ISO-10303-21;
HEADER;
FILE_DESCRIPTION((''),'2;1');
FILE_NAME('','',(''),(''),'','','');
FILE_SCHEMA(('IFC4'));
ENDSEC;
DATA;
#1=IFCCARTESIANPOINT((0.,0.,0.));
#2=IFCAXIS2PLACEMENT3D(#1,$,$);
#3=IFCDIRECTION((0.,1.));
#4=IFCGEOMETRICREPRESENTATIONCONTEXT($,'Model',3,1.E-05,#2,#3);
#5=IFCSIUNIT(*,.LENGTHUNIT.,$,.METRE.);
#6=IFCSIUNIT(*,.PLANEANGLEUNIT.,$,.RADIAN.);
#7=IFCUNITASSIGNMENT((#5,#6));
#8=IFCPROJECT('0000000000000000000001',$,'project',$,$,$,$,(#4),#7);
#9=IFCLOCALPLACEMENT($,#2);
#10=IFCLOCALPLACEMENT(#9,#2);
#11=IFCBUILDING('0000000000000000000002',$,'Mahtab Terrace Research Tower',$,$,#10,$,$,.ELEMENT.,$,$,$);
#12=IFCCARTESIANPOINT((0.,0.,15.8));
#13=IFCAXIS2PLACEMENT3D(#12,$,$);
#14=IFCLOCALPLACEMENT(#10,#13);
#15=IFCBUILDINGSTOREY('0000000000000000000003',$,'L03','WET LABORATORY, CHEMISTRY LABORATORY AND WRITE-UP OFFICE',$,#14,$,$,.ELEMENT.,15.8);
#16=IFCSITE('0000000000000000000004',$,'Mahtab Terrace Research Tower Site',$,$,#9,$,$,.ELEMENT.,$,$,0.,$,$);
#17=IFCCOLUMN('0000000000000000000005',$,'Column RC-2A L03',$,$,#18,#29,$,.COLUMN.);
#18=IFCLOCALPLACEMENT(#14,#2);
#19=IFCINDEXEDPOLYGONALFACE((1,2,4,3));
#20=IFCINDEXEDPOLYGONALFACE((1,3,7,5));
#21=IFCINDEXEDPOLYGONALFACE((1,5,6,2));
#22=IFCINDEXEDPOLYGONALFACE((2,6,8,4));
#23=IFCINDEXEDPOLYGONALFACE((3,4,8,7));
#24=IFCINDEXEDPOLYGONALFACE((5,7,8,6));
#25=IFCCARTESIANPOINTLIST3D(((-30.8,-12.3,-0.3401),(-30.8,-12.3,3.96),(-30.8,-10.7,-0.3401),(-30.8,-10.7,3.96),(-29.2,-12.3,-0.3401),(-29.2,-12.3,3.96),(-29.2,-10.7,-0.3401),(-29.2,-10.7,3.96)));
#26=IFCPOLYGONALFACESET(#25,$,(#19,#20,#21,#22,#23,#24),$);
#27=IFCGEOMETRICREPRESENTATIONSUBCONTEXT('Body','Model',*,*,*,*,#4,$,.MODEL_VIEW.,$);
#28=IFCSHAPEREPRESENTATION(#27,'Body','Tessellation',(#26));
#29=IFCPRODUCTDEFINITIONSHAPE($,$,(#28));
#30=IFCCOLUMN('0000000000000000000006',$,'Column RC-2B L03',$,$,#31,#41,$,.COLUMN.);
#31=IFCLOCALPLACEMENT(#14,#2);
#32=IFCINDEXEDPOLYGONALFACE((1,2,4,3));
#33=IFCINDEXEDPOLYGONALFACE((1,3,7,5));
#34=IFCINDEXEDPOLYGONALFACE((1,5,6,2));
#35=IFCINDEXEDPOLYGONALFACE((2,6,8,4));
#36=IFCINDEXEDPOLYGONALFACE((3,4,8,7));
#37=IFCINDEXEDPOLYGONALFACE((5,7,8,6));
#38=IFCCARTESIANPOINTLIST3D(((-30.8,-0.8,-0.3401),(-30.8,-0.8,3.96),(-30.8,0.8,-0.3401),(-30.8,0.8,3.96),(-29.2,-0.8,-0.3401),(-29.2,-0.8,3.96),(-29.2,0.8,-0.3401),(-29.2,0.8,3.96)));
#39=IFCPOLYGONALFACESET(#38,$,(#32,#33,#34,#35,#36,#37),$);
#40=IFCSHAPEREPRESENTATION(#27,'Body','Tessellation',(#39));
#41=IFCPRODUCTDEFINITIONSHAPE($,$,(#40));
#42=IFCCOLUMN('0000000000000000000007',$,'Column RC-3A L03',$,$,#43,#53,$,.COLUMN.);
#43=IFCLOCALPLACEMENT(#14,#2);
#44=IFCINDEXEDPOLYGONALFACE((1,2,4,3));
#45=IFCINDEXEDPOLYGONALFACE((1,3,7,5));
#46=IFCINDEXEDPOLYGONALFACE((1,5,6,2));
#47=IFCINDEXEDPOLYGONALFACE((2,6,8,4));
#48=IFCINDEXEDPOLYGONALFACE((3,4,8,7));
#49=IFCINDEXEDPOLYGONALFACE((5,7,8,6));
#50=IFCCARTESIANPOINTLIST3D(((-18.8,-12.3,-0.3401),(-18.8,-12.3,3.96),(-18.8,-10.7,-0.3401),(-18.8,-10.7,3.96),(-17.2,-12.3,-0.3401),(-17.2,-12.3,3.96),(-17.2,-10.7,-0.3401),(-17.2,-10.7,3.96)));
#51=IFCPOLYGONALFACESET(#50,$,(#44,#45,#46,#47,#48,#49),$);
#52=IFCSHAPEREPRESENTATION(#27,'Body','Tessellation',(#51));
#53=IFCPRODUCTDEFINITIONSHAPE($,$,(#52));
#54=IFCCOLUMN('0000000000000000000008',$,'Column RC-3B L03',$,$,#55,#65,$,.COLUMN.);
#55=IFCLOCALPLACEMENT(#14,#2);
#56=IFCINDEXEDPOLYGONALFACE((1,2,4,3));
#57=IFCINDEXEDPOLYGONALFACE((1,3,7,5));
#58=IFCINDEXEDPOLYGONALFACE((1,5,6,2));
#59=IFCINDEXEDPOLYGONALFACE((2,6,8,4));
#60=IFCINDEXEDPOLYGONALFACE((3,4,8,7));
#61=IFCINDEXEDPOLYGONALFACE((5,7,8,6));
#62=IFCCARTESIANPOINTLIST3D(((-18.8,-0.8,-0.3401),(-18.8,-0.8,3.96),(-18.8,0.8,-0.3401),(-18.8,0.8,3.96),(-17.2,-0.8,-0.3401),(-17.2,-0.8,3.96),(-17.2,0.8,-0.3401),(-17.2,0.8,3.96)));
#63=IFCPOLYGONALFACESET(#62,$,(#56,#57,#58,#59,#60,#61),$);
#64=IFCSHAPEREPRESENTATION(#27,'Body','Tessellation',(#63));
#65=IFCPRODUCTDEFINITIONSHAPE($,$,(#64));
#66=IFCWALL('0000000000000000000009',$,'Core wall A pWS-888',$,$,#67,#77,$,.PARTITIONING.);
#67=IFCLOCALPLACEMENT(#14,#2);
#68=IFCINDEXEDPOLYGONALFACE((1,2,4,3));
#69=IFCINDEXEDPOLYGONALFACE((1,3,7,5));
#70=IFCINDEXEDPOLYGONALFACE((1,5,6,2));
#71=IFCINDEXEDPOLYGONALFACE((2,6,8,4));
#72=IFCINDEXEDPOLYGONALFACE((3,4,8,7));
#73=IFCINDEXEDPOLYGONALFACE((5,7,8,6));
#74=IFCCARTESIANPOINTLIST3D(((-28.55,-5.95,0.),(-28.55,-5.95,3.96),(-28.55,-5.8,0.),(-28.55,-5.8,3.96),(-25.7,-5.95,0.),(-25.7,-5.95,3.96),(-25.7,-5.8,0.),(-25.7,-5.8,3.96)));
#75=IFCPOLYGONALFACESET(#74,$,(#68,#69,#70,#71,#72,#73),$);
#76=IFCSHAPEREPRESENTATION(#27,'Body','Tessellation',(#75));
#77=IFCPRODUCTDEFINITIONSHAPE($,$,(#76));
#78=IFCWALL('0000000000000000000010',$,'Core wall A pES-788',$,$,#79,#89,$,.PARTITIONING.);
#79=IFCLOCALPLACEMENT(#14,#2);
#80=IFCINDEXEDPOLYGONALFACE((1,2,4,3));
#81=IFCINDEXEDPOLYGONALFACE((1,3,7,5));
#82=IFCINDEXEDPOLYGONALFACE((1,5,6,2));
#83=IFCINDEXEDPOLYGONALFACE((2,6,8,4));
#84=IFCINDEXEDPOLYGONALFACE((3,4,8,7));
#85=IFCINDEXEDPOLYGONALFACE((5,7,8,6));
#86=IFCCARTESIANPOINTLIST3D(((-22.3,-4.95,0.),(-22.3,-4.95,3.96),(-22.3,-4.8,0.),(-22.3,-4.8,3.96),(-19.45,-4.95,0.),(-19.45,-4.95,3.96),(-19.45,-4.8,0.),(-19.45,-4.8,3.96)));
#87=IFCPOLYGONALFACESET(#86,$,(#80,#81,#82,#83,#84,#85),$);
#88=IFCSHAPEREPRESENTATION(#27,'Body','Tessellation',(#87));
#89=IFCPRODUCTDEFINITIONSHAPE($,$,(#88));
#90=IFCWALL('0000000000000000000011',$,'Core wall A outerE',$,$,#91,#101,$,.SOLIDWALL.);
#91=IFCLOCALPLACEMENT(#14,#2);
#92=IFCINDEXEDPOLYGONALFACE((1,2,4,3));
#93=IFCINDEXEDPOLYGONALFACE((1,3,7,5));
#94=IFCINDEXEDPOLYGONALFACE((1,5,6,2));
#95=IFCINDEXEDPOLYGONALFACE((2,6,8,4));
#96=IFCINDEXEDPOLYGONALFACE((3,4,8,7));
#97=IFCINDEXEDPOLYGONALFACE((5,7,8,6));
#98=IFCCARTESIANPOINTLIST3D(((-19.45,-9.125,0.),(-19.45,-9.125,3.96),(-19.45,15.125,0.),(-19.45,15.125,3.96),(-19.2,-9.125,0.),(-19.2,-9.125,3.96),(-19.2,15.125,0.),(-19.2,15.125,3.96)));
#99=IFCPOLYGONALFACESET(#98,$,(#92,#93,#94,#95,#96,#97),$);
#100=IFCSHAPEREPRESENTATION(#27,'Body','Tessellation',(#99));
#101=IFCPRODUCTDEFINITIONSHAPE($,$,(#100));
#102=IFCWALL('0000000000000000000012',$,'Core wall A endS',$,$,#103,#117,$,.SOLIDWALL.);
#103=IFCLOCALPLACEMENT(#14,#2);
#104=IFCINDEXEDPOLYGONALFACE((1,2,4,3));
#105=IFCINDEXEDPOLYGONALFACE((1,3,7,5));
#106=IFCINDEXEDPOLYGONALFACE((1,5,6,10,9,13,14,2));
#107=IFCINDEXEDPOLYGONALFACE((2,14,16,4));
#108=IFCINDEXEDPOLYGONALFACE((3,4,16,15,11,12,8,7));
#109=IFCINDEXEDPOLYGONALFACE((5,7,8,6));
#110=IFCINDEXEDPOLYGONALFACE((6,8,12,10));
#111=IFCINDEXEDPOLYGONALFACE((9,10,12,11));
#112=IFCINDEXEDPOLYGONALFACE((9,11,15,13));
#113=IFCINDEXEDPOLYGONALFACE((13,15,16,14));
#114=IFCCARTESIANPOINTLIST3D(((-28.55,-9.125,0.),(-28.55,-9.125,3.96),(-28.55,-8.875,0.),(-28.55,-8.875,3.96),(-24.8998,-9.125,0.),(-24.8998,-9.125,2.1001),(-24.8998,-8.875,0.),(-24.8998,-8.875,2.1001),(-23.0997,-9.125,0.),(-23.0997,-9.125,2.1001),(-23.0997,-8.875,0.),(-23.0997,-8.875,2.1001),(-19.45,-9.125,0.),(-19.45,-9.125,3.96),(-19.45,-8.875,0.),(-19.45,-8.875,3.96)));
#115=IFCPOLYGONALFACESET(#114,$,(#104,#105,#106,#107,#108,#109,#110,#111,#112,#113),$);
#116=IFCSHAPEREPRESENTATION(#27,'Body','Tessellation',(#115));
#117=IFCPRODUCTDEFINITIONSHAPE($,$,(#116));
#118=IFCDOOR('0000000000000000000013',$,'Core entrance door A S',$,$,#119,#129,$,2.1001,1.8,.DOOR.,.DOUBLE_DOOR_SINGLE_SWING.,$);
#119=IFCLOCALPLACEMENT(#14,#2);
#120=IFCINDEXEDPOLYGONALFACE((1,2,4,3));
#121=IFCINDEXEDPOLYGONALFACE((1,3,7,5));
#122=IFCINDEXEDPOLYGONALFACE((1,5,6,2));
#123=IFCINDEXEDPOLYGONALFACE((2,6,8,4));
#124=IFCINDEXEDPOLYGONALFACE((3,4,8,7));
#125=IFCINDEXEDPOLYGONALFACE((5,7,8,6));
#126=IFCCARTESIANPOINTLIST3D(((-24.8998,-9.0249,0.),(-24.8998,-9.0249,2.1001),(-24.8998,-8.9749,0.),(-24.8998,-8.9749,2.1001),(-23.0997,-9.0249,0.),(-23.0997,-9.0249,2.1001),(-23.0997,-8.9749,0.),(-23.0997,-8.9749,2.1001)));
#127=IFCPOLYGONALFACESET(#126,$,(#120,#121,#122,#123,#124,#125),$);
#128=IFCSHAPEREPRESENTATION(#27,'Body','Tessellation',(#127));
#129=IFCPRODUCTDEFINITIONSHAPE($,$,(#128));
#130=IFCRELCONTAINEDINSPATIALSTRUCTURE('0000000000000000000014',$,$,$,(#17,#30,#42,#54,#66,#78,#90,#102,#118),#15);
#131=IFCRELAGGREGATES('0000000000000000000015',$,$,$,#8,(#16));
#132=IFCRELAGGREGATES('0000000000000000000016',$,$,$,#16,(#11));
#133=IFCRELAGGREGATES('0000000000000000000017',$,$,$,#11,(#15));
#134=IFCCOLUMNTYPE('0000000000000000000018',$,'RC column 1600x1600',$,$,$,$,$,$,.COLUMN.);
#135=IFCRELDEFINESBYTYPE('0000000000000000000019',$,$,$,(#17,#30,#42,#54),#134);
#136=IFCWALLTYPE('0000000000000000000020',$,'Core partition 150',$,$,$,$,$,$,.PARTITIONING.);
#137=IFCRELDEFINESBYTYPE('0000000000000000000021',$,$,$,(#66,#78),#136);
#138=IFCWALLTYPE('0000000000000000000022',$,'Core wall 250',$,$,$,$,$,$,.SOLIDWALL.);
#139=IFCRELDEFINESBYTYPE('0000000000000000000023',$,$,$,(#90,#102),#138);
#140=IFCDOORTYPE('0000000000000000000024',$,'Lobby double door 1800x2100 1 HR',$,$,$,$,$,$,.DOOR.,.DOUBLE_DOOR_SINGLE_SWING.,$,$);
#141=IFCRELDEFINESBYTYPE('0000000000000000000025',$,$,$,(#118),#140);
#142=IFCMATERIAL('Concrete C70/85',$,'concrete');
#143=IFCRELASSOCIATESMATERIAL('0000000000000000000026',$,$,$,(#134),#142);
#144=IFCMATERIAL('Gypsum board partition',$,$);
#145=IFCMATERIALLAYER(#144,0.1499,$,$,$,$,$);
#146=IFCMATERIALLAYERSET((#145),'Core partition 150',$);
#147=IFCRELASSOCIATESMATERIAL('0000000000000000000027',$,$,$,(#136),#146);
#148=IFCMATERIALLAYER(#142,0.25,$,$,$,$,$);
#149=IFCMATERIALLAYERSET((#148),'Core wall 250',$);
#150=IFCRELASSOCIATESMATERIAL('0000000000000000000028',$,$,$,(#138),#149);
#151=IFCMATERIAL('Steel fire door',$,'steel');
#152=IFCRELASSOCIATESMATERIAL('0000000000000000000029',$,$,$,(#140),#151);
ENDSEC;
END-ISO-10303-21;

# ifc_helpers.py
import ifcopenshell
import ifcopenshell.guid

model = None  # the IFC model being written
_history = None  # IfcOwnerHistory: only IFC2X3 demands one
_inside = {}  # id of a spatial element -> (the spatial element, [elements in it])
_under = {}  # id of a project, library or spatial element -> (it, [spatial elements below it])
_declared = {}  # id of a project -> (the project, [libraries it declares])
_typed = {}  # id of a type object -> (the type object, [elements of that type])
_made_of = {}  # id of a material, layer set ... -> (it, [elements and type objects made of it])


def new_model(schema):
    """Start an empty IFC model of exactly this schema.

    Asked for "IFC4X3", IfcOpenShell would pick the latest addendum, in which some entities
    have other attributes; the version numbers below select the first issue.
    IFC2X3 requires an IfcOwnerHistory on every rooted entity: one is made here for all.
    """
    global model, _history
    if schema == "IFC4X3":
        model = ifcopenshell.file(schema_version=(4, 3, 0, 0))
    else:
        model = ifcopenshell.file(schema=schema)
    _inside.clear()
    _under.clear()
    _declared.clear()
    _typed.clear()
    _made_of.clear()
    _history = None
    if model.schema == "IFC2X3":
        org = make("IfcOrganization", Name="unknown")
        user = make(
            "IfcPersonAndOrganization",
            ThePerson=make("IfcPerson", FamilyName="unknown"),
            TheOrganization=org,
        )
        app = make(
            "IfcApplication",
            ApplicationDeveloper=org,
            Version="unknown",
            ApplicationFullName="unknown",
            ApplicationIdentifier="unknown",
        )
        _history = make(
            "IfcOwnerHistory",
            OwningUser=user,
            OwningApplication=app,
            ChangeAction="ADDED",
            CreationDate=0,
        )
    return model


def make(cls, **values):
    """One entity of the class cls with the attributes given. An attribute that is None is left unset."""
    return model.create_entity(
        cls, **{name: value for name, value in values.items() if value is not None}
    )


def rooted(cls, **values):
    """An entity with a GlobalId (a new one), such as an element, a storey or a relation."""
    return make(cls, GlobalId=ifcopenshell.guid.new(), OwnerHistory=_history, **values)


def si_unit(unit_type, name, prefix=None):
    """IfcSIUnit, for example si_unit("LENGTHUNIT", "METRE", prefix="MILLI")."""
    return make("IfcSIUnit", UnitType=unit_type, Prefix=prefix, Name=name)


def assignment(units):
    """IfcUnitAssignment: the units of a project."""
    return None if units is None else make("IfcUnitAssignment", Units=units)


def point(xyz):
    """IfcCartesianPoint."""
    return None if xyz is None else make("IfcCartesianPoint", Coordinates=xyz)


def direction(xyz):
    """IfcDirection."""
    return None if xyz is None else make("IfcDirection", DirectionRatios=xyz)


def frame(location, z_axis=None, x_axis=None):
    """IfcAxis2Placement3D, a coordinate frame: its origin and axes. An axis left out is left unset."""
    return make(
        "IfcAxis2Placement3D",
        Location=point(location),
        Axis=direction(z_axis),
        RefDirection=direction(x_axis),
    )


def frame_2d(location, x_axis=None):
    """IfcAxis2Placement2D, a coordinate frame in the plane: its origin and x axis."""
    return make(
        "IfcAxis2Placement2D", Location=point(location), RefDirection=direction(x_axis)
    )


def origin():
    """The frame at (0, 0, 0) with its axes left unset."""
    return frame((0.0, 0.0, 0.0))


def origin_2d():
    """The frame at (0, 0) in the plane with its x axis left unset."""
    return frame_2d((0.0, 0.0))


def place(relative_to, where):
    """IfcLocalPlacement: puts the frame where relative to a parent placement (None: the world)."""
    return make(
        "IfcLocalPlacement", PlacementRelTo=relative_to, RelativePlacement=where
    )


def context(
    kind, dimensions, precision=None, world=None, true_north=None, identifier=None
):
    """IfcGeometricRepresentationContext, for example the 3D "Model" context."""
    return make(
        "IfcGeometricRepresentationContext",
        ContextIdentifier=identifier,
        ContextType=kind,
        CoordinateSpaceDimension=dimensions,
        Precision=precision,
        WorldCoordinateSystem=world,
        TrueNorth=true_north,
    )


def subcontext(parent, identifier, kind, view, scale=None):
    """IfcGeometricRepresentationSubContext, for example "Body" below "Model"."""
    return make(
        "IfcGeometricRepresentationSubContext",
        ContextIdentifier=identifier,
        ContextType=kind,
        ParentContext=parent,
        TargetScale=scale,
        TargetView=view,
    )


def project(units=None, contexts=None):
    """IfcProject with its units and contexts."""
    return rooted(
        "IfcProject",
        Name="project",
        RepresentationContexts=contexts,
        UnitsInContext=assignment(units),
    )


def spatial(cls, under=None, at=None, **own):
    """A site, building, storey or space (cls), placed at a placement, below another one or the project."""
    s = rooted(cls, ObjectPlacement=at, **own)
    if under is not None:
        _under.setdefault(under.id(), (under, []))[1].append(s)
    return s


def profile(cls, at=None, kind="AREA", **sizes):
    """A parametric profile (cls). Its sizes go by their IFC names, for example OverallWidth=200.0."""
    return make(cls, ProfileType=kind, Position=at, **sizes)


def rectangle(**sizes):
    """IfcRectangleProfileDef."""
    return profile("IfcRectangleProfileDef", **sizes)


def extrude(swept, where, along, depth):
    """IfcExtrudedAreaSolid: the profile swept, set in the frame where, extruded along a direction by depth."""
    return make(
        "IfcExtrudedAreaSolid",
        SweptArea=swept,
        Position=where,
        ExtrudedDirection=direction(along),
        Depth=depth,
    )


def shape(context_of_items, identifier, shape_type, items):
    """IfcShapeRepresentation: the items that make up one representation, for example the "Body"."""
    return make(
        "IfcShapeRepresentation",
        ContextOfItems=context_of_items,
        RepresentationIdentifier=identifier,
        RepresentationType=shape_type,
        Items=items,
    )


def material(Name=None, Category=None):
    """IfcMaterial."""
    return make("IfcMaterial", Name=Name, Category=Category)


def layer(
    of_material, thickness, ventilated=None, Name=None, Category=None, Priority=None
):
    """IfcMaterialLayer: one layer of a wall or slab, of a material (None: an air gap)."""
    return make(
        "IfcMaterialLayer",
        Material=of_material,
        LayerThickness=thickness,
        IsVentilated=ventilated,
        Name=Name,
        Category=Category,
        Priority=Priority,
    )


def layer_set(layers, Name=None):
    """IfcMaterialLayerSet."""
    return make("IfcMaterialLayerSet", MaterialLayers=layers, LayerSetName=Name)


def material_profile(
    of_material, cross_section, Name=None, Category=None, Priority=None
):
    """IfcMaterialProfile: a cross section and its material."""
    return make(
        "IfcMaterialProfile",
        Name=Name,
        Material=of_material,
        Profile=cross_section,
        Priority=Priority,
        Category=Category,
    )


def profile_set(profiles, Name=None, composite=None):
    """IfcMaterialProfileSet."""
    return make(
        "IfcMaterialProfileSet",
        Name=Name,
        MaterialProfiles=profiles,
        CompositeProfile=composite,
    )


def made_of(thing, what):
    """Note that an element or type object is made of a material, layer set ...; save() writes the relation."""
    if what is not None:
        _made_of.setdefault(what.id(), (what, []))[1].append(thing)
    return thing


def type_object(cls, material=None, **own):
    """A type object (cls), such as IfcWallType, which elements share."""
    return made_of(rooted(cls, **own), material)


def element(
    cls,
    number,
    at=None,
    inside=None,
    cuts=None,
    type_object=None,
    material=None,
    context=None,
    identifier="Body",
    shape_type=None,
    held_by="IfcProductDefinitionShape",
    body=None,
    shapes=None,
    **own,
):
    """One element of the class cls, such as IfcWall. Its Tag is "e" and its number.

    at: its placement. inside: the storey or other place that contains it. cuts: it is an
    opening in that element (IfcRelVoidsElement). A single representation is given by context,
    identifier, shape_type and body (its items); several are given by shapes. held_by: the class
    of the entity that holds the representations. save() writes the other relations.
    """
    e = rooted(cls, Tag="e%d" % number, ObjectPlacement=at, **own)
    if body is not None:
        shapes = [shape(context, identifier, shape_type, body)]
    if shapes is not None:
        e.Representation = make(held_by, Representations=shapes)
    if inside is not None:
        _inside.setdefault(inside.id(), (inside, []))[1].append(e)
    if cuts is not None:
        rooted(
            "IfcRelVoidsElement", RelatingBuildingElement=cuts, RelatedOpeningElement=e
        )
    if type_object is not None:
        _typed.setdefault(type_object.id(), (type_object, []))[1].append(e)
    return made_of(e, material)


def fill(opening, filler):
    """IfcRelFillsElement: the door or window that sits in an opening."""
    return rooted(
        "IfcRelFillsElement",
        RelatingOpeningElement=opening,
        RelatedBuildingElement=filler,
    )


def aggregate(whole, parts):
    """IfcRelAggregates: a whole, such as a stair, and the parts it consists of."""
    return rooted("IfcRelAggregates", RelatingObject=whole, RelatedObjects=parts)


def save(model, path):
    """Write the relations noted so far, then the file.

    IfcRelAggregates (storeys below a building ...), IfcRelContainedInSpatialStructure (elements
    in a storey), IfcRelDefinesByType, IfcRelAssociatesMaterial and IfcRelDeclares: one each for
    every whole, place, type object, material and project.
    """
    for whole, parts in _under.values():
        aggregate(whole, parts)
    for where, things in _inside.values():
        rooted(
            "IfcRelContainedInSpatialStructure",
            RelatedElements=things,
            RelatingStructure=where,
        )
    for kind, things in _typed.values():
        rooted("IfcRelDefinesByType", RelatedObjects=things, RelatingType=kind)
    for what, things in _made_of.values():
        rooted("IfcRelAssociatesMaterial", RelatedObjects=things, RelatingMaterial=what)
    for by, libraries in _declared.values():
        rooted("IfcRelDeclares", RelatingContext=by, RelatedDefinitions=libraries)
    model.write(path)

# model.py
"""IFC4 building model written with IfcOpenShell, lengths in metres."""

from ifc_helpers import new_model, si_unit, direction, frame, frame_2d, origin, origin_2d, place, context, subcontext, project, spatial, rectangle, extrude, material, layer, layer_set, material_profile, profile_set, type_object, element, fill, save


model = new_model("IFC4")

# Units and contexts
model_context = context("Model", 3, precision=1e-05, world=origin(), true_north=direction((0.0, 1.0)))
body_context = subcontext(model_context, "Body", "Model", "MODEL_VIEW")
ifc_project = project(units=[si_unit("LENGTHUNIT", "METRE"), si_unit("PLANEANGLEUNIT", "RADIAN")], contexts=[model_context])

# Site, building, storey
site_placement = place(None, origin())
site = spatial("IfcSite", under=ifc_project, at=site_placement, Name="Mahtab Terrace Research Tower Site", CompositionType="ELEMENT", RefElevation=0.0)
building_placement = place(site_placement, origin())
building = spatial("IfcBuilding", under=site, at=building_placement, Name="Mahtab Terrace Research Tower", CompositionType="ELEMENT")
storey_placement = place(building_placement, frame((0.0, 0.0, 15.8)))
storey = spatial("IfcBuildingStorey", under=building, at=storey_placement, Name="L03", Description="WET LABORATORY, CHEMISTRY LABORATORY AND WRITE-UP OFFICE", CompositionType="ELEMENT", Elevation=15.8)

# Columns
ifc_material_1 = material(Name="Concrete C70/85", Category="concrete")
ifc_material_profile = material_profile(ifc_material_1, rectangle(XDim=1.6001, YDim=1.6001, at=origin_2d()), Name="RC column 1600x1600")
ifc_profile_set = profile_set([ifc_material_profile], Name="Concrete C70/85")
column_type = type_object("IfcColumnType", Name="RC column 1600x1600", PredefinedType="COLUMN", material=ifc_profile_set)
for number, where, z_axis, x_axis, name in (
    (1, (-30.0, -11.5, -0.3401), (0.0, 0.0, 1.0), (1.0, 0.0, 0.0), "Column RC-2A L03"),
    (2, (-30.0, 0.0, -0.3401), (0.0, 0.0, 1.0), (1.0, 0.0, 0.0), "Column RC-2B L03"),
    (3, (-18.0, -11.5, -0.3401), (0.0, 0.0, 1.0), (1.0, 0.0, 0.0), "Column RC-3A L03"),
    (4, (-18.0, 0.0, -0.3401), (0.0, 0.0, 1.0), (1.0, 0.0, 0.0), "Column RC-3B L03"),
):
    element("IfcColumn", number, at=place(storey_placement, frame(where, z_axis=z_axis, x_axis=x_axis)), inside=storey, type_object=column_type, Name=name, PredefinedType="COLUMN", context=body_context, shape_type="SweptSolid", body=[
        extrude(rectangle(XDim=1.6001, YDim=1.6001, at=origin_2d()), origin(), (0.0, 0.0, 1.0), 4.3),
    ])

# Walls
ifc_material_2 = material(Name="Gypsum board partition")
ifc_layer_1 = layer(ifc_material_2, 0.1499)
ifc_layer_set_1 = layer_set([ifc_layer_1], Name="Core partition 150")
wall_type_1 = type_object("IfcWallType", Name="Core partition 150", PredefinedType="PARTITIONING", material=ifc_layer_set_1)
for number, where, z_axis, x_axis, name in (
    (5, (-28.55, -5.875, 0.0), (0.0, 0.0, 1.0), (1.0, 0.0, 0.0), "Core wall A pWS-888"),
    (6, (-22.3, -4.875, 0.0), (0.0, 0.0, 1.0), (1.0, 0.0, 0.0), "Core wall A pES-788"),
):
    element("IfcWall", number, at=place(storey_placement, frame(where, z_axis=z_axis, x_axis=x_axis)), inside=storey, type_object=wall_type_1, Name=name, PredefinedType="PARTITIONING", context=body_context, shape_type="SweptSolid", body=[
        extrude(rectangle(XDim=2.8501, YDim=0.1499, at=frame_2d((1.425, 0.0))), origin(), (0.0, 0.0, 1.0), 3.96),
    ])
ifc_layer_2 = layer(ifc_material_1, 0.25)
ifc_layer_set_2 = layer_set([ifc_layer_2], Name="Core wall 250")
wall_type_2 = type_object("IfcWallType", Name="Core wall 250", PredefinedType="SOLIDWALL", material=ifc_layer_set_2)
wall_1_placement = place(storey_placement, frame((-19.325, -9.125, 0.0), z_axis=(0.0, 0.0, 1.0), x_axis=(0.0, 1.0, 0.0)))
element("IfcWall", 7, at=wall_1_placement, inside=storey, type_object=wall_type_2, Name="Core wall A outerE", PredefinedType="SOLIDWALL", context=body_context, shape_type="SweptSolid", body=[
    extrude(rectangle(XDim=24.25, YDim=0.25, at=frame_2d((12.125, 0.0))), origin(), (0.0, 0.0, 1.0), 3.96),
])

# Wall, opening, door
wall_2_placement = place(storey_placement, frame((-19.45, -9.0, 0.0), z_axis=(0.0, 0.0, 1.0), x_axis=(-1.0, 0.0, 0.0)))
wall_2 = element("IfcWall", 8, at=wall_2_placement, inside=storey, type_object=wall_type_2, Name="Core wall A endS", PredefinedType="SOLIDWALL", context=body_context, shape_type="SweptSolid", body=[
    extrude(rectangle(XDim=9.1001, YDim=0.25, at=frame_2d((4.55, 0.0))), origin(), (0.0, 0.0, 1.0), 3.96),
])
opening_1_placement = place(wall_2_placement, frame((3.6499, 0.0, 0.0)))
opening_1 = element("IfcOpeningElement", 9, at=opening_1_placement, cuts=wall_2, PredefinedType="OPENING", context=body_context, shape_type="SweptSolid", body=[
    extrude(rectangle(XDim=1.8, YDim=2.1001, at=frame_2d((0.8999, 1.05))), frame((0.0, 0.135, 0.0), z_axis=(0.0, -1.0, 0.0), x_axis=(1.0, 0.0, 0.0)), (0.0, 0.0, 1.0), 0.27),
])
ifc_material_3 = material(Name="Steel fire door", Category="steel")
door_type_1 = type_object("IfcDoorType", Name="Lobby double door 1800x2100 1 HR", OperationType="DOUBLE_DOOR_SINGLE_SWING", PredefinedType="DOOR", material=ifc_material_3)
door_1_placement = place(opening_1_placement, origin())
door_1 = element("IfcDoor", 10, at=door_1_placement, inside=storey, type_object=door_type_1, Name="Core entrance door A S", OperationType="DOUBLE_DOOR_SINGLE_SWING", OverallHeight=2.1001, OverallWidth=1.8, PredefinedType="DOOR", context=body_context, shape_type="SweptSolid", body=[
    extrude(rectangle(XDim=1.8, YDim=2.1001, at=frame_2d((0.8999, 1.05))), frame((0.0, 0.0249, 0.0), z_axis=(0.0, -1.0, 0.0), x_axis=(1.0, 0.0, 0.0)), (0.0, 0.0, 1.0), 0.05),
])
fill(opening_1, door_1)

save(model, "model.ifc")
